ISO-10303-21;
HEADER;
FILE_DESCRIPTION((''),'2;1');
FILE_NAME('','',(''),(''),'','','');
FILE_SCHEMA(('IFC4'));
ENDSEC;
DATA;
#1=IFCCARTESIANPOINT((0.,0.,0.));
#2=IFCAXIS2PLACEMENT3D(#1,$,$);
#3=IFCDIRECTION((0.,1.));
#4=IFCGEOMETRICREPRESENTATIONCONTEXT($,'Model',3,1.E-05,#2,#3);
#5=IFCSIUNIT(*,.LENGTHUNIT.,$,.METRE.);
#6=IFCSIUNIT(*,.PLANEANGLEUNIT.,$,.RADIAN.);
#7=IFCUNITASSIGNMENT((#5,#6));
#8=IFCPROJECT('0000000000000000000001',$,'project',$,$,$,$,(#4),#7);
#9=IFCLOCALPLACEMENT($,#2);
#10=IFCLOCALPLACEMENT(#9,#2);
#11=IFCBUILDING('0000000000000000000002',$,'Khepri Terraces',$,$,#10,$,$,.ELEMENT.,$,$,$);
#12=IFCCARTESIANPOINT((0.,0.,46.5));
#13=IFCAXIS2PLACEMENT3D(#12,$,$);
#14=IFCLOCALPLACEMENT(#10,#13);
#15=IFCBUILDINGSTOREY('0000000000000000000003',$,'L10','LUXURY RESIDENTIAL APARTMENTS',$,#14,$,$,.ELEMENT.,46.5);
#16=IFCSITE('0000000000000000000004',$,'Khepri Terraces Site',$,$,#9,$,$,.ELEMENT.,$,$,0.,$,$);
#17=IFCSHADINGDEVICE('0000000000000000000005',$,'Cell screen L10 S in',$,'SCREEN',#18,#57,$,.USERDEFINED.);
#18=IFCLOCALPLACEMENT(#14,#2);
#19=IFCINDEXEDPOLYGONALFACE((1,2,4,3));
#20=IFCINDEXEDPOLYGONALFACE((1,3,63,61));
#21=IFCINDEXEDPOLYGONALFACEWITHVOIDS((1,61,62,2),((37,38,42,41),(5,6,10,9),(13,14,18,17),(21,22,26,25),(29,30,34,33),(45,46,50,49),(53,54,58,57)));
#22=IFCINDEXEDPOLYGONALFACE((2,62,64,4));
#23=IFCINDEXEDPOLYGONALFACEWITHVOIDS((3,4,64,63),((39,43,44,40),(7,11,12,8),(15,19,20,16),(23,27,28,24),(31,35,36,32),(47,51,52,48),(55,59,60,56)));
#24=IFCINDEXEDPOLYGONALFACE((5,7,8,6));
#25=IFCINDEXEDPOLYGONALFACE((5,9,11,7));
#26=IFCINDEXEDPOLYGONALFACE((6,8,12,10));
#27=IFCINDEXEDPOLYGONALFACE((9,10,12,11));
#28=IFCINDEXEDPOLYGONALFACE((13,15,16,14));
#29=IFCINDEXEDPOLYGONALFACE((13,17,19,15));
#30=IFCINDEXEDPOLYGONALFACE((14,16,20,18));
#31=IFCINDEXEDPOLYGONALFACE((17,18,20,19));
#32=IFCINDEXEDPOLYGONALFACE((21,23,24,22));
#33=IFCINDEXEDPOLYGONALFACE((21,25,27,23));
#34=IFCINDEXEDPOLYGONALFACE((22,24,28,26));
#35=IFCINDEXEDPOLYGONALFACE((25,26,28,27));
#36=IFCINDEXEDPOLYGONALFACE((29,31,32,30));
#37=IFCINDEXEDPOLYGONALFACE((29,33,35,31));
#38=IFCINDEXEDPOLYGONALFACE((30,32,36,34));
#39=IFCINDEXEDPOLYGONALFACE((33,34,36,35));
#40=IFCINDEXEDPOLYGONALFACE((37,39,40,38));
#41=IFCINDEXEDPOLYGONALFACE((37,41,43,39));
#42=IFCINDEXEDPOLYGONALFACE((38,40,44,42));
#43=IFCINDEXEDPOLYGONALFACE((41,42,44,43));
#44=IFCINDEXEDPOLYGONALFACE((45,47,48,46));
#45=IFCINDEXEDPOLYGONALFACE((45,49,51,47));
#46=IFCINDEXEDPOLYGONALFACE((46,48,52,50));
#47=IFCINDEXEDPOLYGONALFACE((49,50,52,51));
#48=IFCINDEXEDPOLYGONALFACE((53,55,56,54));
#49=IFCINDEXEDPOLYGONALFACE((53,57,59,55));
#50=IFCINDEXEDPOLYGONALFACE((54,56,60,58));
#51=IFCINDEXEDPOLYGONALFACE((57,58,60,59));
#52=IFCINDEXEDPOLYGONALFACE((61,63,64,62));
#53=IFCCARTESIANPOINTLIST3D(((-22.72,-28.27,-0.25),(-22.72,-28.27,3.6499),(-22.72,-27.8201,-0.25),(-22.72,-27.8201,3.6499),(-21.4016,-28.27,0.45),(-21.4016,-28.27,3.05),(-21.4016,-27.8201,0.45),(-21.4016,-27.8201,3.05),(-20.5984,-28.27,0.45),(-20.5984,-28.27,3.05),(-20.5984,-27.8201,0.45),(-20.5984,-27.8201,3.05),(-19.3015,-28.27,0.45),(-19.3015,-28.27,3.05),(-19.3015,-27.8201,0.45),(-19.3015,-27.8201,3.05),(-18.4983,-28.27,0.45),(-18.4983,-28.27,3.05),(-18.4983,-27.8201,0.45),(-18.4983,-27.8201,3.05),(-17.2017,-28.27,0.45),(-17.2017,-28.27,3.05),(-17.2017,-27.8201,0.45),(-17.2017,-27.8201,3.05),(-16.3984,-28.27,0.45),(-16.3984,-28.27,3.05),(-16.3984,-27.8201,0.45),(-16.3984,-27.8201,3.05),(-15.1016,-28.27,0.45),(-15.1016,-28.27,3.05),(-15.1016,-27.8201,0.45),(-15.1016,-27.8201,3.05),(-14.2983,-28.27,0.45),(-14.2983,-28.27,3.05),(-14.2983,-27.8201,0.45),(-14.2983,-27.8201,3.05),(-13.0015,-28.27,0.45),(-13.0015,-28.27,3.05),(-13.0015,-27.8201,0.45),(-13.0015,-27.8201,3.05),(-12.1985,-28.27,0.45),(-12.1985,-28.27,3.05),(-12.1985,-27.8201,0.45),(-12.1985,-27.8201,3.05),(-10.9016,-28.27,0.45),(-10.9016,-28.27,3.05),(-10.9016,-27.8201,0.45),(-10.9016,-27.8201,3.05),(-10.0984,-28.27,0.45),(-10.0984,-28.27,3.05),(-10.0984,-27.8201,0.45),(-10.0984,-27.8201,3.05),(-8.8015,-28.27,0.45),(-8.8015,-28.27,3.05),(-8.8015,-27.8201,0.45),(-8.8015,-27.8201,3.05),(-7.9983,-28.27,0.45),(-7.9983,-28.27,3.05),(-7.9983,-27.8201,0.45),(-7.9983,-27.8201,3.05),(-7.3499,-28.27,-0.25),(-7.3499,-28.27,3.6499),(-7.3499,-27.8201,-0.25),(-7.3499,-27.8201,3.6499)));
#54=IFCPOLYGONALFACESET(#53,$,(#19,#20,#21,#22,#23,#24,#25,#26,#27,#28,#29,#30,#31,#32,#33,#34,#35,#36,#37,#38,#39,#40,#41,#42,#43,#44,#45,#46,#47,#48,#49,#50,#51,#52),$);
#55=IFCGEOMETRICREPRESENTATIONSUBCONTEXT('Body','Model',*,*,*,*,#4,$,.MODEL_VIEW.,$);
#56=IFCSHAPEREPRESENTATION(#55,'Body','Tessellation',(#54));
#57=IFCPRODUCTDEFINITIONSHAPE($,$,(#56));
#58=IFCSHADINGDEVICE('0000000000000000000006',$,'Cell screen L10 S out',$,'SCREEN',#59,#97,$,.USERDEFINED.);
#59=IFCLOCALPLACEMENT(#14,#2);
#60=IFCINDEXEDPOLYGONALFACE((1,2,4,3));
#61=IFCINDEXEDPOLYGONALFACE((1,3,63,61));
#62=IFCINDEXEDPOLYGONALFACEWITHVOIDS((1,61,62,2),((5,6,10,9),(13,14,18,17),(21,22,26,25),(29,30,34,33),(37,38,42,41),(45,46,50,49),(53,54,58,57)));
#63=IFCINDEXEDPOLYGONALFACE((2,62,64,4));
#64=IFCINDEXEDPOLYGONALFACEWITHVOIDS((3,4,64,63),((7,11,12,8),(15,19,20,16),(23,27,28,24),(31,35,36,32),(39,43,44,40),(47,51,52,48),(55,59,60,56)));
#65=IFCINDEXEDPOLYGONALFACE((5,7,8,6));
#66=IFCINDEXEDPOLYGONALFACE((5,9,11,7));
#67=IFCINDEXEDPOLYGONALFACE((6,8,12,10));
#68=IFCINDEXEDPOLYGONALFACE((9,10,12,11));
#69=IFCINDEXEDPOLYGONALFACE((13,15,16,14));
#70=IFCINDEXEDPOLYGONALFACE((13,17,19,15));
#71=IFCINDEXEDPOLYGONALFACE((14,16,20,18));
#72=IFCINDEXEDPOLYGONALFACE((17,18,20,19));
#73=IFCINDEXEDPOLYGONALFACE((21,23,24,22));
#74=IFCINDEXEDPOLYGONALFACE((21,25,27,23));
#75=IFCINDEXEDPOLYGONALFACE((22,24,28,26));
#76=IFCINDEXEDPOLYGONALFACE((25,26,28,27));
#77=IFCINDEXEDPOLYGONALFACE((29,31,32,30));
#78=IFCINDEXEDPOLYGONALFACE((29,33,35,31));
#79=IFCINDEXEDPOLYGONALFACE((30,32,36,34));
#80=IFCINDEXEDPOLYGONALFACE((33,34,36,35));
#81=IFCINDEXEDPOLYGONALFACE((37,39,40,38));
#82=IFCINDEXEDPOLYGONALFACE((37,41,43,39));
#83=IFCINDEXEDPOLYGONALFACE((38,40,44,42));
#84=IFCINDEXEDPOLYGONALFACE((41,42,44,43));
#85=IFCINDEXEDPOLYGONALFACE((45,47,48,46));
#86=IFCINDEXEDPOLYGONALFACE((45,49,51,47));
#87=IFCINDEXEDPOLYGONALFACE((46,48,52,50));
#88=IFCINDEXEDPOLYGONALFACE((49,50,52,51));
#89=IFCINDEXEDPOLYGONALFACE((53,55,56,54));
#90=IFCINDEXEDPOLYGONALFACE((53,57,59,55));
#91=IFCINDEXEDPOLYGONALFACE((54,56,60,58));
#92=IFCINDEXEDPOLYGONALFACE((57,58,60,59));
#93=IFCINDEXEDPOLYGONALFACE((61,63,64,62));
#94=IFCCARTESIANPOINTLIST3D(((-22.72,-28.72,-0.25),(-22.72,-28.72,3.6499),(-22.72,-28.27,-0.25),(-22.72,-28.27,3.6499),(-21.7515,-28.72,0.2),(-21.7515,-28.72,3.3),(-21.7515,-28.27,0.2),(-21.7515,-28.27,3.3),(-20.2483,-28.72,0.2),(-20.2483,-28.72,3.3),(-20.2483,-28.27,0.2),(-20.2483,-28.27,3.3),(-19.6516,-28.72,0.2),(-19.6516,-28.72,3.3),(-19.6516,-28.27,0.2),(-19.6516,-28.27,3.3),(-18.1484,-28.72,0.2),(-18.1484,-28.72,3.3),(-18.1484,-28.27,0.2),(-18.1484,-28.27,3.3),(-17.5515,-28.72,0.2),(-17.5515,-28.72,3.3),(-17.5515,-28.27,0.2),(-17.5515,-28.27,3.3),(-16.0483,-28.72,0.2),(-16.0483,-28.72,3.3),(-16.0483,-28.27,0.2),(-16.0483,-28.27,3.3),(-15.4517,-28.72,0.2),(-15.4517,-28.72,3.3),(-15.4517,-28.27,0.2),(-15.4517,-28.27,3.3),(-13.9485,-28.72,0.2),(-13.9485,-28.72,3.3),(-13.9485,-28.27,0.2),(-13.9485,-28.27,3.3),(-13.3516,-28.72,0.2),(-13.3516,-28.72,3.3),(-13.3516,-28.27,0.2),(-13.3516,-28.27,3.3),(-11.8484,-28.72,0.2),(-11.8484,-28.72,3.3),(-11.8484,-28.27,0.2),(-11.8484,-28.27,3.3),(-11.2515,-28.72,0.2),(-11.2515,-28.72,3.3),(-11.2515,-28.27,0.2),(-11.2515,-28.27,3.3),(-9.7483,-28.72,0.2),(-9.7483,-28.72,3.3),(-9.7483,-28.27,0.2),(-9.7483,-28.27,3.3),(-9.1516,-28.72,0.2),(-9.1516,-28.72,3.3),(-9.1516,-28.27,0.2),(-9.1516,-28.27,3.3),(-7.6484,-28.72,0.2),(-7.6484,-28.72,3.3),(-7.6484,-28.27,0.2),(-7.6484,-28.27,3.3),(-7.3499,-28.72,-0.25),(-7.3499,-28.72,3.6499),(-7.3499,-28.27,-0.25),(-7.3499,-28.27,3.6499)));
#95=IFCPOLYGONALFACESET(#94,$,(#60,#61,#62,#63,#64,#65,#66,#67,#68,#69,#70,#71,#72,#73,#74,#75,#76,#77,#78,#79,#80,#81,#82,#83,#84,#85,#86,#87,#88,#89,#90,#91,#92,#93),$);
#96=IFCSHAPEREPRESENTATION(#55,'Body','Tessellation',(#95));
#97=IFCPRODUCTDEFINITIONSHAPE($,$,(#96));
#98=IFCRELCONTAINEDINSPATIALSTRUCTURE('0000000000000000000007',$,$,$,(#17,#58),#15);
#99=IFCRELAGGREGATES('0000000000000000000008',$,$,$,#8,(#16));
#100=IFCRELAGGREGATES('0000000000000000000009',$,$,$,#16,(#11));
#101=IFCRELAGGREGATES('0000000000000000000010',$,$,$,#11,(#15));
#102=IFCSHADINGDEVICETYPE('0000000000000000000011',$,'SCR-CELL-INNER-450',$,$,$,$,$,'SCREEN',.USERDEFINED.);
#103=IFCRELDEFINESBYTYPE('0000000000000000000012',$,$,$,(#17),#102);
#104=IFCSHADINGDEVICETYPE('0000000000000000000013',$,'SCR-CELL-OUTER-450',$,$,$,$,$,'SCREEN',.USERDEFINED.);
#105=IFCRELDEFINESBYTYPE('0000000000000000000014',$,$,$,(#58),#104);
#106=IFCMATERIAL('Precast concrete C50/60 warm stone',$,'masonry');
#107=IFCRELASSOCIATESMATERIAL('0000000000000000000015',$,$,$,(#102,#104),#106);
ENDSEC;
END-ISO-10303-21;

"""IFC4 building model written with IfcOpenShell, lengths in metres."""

from ifc_helpers import new_model, si_unit, direction, frame, origin, place, context, subcontext, project, spatial, polyline, outline, extrude, material, type_object, element, save


model = new_model("IFC4")

# Units and contexts
model_context = context("Model", 3, precision=1e-05, world=origin(), true_north=direction((0.0, 1.0)))
body_context = subcontext(model_context, "Body", "Model", "MODEL_VIEW")
ifc_project = project(units=[si_unit("LENGTHUNIT", "METRE"), si_unit("PLANEANGLEUNIT", "RADIAN")], contexts=[model_context])

# Site, building, storey
site_placement = place(None, origin())
site = spatial("IfcSite", under=ifc_project, at=site_placement, Name="Khepri Terraces Site", CompositionType="ELEMENT", RefElevation=0.0)
building_placement = place(site_placement, origin())
building = spatial("IfcBuilding", under=site, at=building_placement, Name="Khepri Terraces", CompositionType="ELEMENT")
storey_placement = place(building_placement, frame((0.0, 0.0, 46.5)))
storey = spatial("IfcBuildingStorey", under=building, at=storey_placement, Name="L10", Description="LUXURY RESIDENTIAL APARTMENTS", CompositionType="ELEMENT", Elevation=46.5)

# Shared definitions
ifc_material_1 = material(Name="Precast concrete C50/60 warm stone", Category="masonry")

# Shading devices
shading_device_type_1 = type_object("IfcShadingDeviceType", Name="SCR-CELL-INNER-450", ElementType="SCREEN", PredefinedType="USERDEFINED", material=ifc_material_1)
shading_device_1_placement = place(storey_placement, frame((-22.72, -27.8201, -0.25), z_axis=(0.0, -1.0, 0.0), x_axis=(1.0, 0.0, 0.0)))
element("IfcShadingDevice", 1, at=shading_device_1_placement, inside=storey, type_object=shading_device_type_1, Name="Cell screen L10 S in", ObjectType="SCREEN", PredefinedType="USERDEFINED", context=body_context, shape_type="SweptSolid", body=[
    extrude(outline(polyline([(0.0, 0.0), (15.3701, 0.0), (15.3701, 3.8999), (0.0, 3.8999), (0.0, 0.0)]), holes=[polyline([(1.3184, 0.7), (2.1216, 0.7), (2.1216, 3.3), (1.3184, 3.3), (1.3184, 0.7)]), polyline([(3.4185, 0.7), (4.2217, 0.7), (4.2217, 3.3), (3.4185, 3.3), (3.4185, 0.7)]), polyline([(5.5183, 0.7), (6.3215, 0.7), (6.3215, 3.3), (5.5183, 3.3), (5.5183, 0.7)]), polyline([(7.6184, 0.7), (8.4216, 0.7), (8.4216, 3.3), (7.6184, 3.3), (7.6184, 0.7)]), polyline([(9.7185, 0.7), (10.5215, 0.7), (10.5215, 3.3), (9.7185, 3.3), (9.7185, 0.7)]), polyline([(11.8184, 0.7), (12.6216, 0.7), (12.6216, 3.3), (11.8184, 3.3), (11.8184, 0.7)]), polyline([(13.9185, 0.7), (14.7217, 0.7), (14.7217, 3.3), (13.9185, 3.3), (13.9185, 0.7)])]), origin(), (0.0, 0.0, 1.0), 0.45),
])
shading_device_type_2 = type_object("IfcShadingDeviceType", Name="SCR-CELL-OUTER-450", ElementType="SCREEN", PredefinedType="USERDEFINED", material=ifc_material_1)
shading_device_2_placement = place(storey_placement, frame((-22.72, -28.27, -0.25), z_axis=(0.0, -1.0, 0.0), x_axis=(1.0, 0.0, 0.0)))
element("IfcShadingDevice", 2, at=shading_device_2_placement, inside=storey, type_object=shading_device_type_2, Name="Cell screen L10 S out", ObjectType="SCREEN", PredefinedType="USERDEFINED", context=body_context, shape_type="SweptSolid", body=[
    extrude(outline(polyline([(0.0, 0.0), (15.3701, 0.0), (15.3701, 3.8999), (0.0, 3.8999), (0.0, 0.0)]), holes=[polyline([(0.9685, 0.45), (2.4717, 0.45), (2.4717, 3.55), (0.9685, 3.55), (0.9685, 0.45)]), polyline([(3.0684, 0.45), (4.5715, 0.45), (4.5715, 3.55), (3.0684, 3.55), (3.0684, 0.45)]), polyline([(5.1685, 0.45), (6.6716, 0.45), (6.6716, 3.55), (5.1685, 3.55), (5.1685, 0.45)]), polyline([(7.2683, 0.45), (8.7715, 0.45), (8.7715, 3.55), (7.2683, 3.55), (7.2683, 0.45)]), polyline([(9.3684, 0.45), (10.8716, 0.45), (10.8716, 3.55), (9.3684, 3.55), (9.3684, 0.45)]), polyline([(11.4685, 0.45), (12.9717, 0.45), (12.9717, 3.55), (11.4685, 3.55), (11.4685, 0.45)]), polyline([(13.5684, 0.45), (15.0715, 0.45), (15.0715, 3.55), (13.5684, 3.55), (13.5684, 0.45)])]), origin(), (0.0, 0.0, 1.0), 0.45),
])

save(model, "model.ifc")
